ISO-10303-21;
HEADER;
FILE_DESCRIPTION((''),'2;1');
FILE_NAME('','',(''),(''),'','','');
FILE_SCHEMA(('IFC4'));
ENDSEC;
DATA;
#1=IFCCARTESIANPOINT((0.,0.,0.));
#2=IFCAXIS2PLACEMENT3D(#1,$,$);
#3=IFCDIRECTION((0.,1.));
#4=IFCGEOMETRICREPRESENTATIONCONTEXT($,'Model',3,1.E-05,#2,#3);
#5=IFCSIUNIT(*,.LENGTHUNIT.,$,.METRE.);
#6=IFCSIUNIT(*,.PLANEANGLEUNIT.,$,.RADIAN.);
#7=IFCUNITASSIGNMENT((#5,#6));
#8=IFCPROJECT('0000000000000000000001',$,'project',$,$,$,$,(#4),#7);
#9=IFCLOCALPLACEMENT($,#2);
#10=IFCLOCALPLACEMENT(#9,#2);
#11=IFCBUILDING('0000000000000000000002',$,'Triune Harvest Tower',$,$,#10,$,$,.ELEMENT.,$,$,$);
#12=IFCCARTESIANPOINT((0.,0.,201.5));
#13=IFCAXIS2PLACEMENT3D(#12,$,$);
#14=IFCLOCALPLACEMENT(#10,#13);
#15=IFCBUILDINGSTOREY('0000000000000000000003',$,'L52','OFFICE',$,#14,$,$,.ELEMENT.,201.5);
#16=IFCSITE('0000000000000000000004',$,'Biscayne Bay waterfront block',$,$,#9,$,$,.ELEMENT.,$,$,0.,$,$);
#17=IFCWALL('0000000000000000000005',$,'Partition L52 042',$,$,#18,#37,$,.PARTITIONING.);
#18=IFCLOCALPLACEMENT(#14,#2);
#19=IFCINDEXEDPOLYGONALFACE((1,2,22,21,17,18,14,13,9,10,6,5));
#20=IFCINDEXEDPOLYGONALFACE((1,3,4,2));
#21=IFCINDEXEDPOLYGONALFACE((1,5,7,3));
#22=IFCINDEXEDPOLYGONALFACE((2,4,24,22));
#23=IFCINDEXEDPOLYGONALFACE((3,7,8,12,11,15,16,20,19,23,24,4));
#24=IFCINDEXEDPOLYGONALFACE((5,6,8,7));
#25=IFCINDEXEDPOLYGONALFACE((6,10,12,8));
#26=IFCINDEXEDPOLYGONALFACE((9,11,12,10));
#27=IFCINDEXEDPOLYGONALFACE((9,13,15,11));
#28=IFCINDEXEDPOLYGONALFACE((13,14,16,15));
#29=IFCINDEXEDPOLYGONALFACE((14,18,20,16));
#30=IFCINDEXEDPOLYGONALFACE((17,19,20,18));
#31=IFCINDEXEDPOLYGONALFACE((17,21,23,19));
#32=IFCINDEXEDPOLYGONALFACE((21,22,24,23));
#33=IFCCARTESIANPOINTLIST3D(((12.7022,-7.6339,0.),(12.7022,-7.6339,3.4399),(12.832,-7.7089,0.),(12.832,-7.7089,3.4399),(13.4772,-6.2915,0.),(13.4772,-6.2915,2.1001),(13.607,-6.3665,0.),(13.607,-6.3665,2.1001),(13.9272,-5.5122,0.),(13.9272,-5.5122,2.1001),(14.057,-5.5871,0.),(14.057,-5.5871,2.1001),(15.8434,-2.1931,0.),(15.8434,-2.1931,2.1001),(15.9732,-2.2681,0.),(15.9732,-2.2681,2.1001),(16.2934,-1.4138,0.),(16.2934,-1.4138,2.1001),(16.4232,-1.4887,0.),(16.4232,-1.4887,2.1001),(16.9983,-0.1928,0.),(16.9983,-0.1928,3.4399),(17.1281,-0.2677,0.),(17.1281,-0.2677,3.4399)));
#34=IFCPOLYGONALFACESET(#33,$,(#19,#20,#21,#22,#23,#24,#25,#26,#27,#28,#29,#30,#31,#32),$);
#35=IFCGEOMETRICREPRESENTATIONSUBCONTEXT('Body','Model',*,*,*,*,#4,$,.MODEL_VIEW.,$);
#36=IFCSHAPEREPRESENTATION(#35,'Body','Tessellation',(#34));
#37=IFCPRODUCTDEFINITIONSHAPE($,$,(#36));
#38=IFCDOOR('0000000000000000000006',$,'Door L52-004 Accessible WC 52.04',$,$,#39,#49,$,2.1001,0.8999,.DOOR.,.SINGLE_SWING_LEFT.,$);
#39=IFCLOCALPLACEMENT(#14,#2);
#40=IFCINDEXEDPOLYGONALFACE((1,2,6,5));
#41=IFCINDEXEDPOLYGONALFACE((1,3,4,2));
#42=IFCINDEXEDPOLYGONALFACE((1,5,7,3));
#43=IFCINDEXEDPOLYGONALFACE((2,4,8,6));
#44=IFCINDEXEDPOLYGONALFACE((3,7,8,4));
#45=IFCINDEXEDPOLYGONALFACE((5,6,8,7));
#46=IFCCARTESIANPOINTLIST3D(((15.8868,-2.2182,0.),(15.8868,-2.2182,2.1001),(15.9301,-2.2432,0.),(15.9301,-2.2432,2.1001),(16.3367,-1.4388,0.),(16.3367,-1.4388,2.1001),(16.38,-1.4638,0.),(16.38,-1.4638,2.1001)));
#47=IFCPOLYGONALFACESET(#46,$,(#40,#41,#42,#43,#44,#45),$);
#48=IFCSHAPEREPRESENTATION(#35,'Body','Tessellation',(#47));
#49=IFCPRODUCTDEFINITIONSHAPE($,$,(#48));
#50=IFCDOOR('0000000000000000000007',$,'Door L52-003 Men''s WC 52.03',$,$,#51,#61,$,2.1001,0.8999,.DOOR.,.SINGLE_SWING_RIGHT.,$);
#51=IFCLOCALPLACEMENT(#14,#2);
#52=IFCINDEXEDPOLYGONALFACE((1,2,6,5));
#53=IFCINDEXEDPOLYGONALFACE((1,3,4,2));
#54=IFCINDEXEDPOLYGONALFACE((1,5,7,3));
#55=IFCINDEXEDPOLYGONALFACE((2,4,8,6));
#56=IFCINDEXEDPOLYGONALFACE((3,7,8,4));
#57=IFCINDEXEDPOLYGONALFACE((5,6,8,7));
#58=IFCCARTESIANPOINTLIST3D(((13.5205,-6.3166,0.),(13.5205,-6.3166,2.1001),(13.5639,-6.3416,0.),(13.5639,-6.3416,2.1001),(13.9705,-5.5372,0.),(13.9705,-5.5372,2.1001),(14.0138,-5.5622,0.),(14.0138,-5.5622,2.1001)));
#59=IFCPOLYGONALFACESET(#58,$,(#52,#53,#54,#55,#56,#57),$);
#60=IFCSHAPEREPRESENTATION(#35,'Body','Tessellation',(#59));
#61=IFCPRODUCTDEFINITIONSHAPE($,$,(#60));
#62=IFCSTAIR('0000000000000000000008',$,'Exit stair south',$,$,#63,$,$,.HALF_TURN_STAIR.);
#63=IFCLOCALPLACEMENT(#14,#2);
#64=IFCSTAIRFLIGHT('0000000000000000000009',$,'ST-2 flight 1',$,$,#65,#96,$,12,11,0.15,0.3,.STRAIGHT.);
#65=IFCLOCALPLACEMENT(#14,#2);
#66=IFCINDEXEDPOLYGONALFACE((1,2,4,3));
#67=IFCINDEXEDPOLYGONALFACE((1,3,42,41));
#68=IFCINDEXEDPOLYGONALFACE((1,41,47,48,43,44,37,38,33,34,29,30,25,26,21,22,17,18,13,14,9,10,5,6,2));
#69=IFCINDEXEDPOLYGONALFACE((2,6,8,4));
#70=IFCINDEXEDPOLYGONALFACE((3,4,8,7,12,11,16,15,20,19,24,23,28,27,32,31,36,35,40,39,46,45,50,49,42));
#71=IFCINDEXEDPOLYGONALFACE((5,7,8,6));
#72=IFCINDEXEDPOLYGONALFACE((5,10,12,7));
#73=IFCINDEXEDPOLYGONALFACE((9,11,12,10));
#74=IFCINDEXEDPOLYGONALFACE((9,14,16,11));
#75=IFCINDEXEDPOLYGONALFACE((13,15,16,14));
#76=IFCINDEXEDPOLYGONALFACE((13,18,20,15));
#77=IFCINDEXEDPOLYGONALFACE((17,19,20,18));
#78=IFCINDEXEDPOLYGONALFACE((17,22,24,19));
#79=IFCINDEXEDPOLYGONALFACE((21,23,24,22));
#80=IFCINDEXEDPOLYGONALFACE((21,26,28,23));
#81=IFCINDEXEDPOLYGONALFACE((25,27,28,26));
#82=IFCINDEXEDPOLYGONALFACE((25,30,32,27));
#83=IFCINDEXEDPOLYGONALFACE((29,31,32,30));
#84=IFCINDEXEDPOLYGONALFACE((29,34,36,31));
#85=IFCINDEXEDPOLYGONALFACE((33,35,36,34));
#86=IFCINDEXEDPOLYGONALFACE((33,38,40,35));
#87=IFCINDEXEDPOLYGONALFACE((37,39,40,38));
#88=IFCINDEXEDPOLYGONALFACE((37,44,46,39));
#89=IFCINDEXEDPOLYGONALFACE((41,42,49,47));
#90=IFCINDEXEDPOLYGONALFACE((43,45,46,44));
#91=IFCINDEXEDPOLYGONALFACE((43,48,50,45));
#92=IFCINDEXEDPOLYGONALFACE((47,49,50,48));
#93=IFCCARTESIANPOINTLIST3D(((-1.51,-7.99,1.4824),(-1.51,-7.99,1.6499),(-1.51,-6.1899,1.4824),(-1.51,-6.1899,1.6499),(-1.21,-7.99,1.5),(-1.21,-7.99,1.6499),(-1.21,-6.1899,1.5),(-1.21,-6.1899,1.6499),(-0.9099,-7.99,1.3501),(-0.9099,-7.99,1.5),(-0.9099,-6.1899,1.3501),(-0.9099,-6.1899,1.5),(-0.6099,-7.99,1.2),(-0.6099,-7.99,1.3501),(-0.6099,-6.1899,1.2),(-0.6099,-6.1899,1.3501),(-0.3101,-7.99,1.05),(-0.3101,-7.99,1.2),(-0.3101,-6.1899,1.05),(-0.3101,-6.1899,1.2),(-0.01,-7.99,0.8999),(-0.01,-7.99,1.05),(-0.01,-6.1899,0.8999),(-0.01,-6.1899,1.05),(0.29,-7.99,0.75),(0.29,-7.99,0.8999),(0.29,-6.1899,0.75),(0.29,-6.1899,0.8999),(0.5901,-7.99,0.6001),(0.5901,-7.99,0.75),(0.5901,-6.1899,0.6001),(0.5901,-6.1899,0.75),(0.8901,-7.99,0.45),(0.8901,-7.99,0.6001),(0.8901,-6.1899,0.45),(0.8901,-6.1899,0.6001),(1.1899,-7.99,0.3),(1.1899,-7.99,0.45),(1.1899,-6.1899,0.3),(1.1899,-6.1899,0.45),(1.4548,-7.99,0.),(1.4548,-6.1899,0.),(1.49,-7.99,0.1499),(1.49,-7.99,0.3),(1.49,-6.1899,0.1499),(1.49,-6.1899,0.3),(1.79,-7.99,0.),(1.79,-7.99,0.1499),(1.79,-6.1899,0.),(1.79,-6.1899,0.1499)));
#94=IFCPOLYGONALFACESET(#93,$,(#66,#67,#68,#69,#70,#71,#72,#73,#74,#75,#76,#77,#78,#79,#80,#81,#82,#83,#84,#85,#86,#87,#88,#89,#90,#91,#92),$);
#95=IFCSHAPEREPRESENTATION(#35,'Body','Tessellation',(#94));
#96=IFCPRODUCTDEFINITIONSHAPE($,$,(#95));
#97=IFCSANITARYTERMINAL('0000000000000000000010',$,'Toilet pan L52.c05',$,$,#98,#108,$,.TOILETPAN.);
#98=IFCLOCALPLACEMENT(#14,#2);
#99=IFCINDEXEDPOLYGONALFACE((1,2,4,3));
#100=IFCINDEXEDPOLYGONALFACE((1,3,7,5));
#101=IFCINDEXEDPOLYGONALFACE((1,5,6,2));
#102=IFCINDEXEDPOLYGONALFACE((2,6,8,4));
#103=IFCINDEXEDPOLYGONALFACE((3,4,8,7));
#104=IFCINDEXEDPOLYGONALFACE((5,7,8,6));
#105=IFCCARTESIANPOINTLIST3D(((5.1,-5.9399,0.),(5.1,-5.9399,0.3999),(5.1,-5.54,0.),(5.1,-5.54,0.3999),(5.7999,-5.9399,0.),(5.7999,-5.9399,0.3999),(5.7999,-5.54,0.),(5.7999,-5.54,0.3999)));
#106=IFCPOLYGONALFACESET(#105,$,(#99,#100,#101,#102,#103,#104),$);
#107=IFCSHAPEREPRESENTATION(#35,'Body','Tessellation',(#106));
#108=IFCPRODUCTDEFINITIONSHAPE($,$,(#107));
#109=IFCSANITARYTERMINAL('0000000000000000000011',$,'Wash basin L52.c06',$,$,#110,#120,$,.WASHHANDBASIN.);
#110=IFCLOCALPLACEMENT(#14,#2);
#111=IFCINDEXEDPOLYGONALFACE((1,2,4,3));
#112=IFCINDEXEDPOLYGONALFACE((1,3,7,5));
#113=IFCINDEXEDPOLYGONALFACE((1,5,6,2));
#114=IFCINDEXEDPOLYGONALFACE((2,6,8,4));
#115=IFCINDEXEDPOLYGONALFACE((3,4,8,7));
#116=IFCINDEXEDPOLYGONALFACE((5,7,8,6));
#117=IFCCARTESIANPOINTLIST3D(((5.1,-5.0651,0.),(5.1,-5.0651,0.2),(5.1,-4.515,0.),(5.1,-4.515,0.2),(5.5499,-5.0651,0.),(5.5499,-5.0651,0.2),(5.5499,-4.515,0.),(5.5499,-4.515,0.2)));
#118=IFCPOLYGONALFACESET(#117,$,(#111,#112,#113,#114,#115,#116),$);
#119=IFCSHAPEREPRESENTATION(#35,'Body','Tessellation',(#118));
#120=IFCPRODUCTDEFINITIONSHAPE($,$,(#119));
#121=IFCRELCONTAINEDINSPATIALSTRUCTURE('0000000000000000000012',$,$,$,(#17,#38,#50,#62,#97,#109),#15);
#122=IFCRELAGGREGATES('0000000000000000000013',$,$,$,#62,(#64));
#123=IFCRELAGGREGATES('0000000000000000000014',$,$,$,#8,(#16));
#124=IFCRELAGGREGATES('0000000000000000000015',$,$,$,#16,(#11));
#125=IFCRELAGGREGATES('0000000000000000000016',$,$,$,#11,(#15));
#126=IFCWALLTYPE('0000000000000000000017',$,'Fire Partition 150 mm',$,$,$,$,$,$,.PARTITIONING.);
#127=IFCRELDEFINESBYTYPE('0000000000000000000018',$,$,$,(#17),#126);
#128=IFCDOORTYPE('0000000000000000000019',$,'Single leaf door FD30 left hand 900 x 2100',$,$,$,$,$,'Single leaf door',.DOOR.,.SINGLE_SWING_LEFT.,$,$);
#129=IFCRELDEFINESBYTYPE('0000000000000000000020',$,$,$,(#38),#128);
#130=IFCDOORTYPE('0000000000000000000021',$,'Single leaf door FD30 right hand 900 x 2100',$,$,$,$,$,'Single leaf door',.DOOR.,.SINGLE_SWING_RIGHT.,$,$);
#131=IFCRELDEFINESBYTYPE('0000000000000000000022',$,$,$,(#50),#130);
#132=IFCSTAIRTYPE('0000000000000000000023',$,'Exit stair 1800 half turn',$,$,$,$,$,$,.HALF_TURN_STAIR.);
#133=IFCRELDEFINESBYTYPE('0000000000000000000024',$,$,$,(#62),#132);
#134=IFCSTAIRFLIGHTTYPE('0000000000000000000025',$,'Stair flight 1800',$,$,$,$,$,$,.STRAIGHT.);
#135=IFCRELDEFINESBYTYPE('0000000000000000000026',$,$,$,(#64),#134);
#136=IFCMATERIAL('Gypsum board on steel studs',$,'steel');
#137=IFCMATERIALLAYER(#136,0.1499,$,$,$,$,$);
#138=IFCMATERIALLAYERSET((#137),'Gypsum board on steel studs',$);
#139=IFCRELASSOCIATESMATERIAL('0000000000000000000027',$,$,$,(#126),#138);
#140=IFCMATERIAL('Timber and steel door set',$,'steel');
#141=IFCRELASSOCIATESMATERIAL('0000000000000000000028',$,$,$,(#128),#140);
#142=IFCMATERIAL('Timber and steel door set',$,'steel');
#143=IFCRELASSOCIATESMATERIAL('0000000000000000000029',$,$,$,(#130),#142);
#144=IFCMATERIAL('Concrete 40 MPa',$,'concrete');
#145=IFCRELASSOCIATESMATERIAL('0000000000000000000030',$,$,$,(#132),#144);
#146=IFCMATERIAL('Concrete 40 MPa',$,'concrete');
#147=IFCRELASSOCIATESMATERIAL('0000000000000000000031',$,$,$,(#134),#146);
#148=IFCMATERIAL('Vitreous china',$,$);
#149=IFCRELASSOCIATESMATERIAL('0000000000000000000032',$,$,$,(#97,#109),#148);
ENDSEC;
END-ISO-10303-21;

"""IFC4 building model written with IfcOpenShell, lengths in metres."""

from ifc_helpers import new_model, si_unit, direction, frame, frame_2d, origin, origin_2d, place, context, subcontext, project, spatial, polyline, rectangle, outline, extrude, source, transform, mapped, material, layer, layer_set, type_object, element, fill, aggregate, save


model = new_model("IFC4")

# Units and contexts
model_context = context("Model", 3, precision=1e-05, world=origin(), true_north=direction((0.0, 1.0)))
body_context = subcontext(model_context, "Body", "Model", "MODEL_VIEW")
ifc_project = project(units=[si_unit("LENGTHUNIT", "METRE"), si_unit("PLANEANGLEUNIT", "RADIAN")], contexts=[model_context])

# Site, building, storey
site_placement = place(None, origin())
site = spatial("IfcSite", under=ifc_project, at=site_placement, Name="Biscayne Bay waterfront block", CompositionType="ELEMENT", RefElevation=0.0)
building_placement = place(site_placement, origin())
building = spatial("IfcBuilding", under=site, at=building_placement, Name="Triune Harvest Tower", CompositionType="ELEMENT")
storey_placement = place(building_placement, frame((0.0, 0.0, 201.5)))
storey = spatial("IfcBuildingStorey", under=building, at=storey_placement, Name="L52", Description="OFFICE", CompositionType="ELEMENT", Elevation=201.5)

# Shared definitions
ifc_material_1 = material(Name="Gypsum board on steel studs", Category="steel")
ifc_layer_1 = layer(ifc_material_1, 0.1499)
ifc_layer_set_1 = layer_set([ifc_layer_1], Name="Gypsum board on steel studs")
wall_type_1 = type_object("IfcWallType", Name="Fire Partition 150 mm", PredefinedType="PARTITIONING", material=ifc_layer_set_1)

# Wall, openings, doors
shared_shape_1 = source(origin(), body_context, "Body", "SweptSolid", [
    extrude(rectangle(XDim=8.5923, YDim=0.1499, at=frame_2d((4.2961, 0.0))), origin(), (0.0, 0.0, 1.0), 3.4399),
])
wall_1_placement = place(storey_placement, frame((12.7671, -7.6714, 0.0), z_axis=(0.0, 0.0, 1.0), x_axis=(0.499999, 0.866026, 0.0)))
wall_1 = element("IfcWall", 1, at=wall_1_placement, inside=storey, type_object=wall_type_1, Name="Partition L52 042", PredefinedType="PARTITIONING", context=body_context, shape_type="MappedRepresentation", body=[
    mapped(shared_shape_1, transform((0.0, 0.0, 0.0), scale=1.0)),
])
opening_1_placement = place(wall_1_placement, frame((1.55, 0.0, 0.0)))
opening_1 = element("IfcOpeningElement", 2, at=opening_1_placement, cuts=wall_1, PredefinedType="OPENING", context=body_context, shape_type="SweptSolid", body=[
    extrude(rectangle(XDim=0.8999, YDim=2.1001, at=frame_2d((0.45, 1.05))), frame((0.0, 0.085, 0.0), z_axis=(0.0, -1.0, 0.0), x_axis=(1.0, 0.0, 0.0)), (0.0, 0.0, 1.0), 0.1699),
])
opening_2_placement = place(wall_1_placement, frame((6.2825, 0.0, 0.0)))
opening_2 = element("IfcOpeningElement", 3, at=opening_2_placement, cuts=wall_1, PredefinedType="OPENING", context=body_context, shape_type="SweptSolid", body=[
    extrude(rectangle(XDim=0.8999, YDim=2.1001, at=frame_2d((0.45, 1.05))), frame((0.0, 0.085, 0.0), z_axis=(0.0, -1.0, 0.0), x_axis=(1.0, 0.0, 0.0)), (0.0, 0.0, 1.0), 0.1699),
])
ifc_material_2 = material(Name="Timber and steel door set", Category="steel")
door_type_1 = type_object("IfcDoorType", Name="Single leaf door FD30 left hand 900 x 2100", ElementType="Single leaf door", OperationType="SINGLE_SWING_LEFT", PredefinedType="DOOR", material=ifc_material_2)
door_1_placement = place(opening_2_placement, origin())
door_1 = element("IfcDoor", 4, at=door_1_placement, inside=storey, type_object=door_type_1, Name="Door L52-004 Accessible WC 52.04", OperationType="SINGLE_SWING_LEFT", OverallHeight=2.1001, OverallWidth=0.8999, PredefinedType="DOOR", context=body_context, shape_type="SweptSolid", body=[
    extrude(rectangle(XDim=0.8999, YDim=2.1001, at=frame_2d((0.45, 1.05))), frame((0.0, 0.0249, 0.0), z_axis=(0.0, -1.0, 0.0), x_axis=(1.0, 0.0, 0.0)), (0.0, 0.0, 1.0), 0.05),
])
fill(opening_2, door_1)
ifc_material_3 = material(Name="Timber and steel door set", Category="steel")
door_type_2 = type_object("IfcDoorType", Name="Single leaf door FD30 right hand 900 x 2100", ElementType="Single leaf door", OperationType="SINGLE_SWING_RIGHT", PredefinedType="DOOR", material=ifc_material_3)
door_2_placement = place(opening_1_placement, origin())
door_2 = element("IfcDoor", 5, at=door_2_placement, inside=storey, type_object=door_type_2, Name="Door L52-003 Men's WC 52.03", OperationType="SINGLE_SWING_RIGHT", OverallHeight=2.1001, OverallWidth=0.8999, PredefinedType="DOOR", context=body_context, shape_type="SweptSolid", body=[
    extrude(rectangle(XDim=0.8999, YDim=2.1001, at=frame_2d((0.45, 1.05))), frame((0.0, 0.0249, 0.0), z_axis=(0.0, -1.0, 0.0), x_axis=(1.0, 0.0, 0.0)), (0.0, 0.0, 1.0), 0.05),
])
fill(opening_1, door_2)

# Stair, stair flight
ifc_material_4 = material(Name="Concrete 40 MPa", Category="concrete")
stair_type = type_object("IfcStairType", Name="Exit stair 1800 half turn", PredefinedType="HALF_TURN_STAIR", material=ifc_material_4)
stair_placement = place(storey_placement, origin())
stair = element("IfcStair", 6, at=stair_placement, inside=storey, type_object=stair_type, Name="Exit stair south", PredefinedType="HALF_TURN_STAIR")
ifc_material_5 = material(Name="Concrete 40 MPa", Category="concrete")
stair_flight_type = type_object("IfcStairFlightType", Name="Stair flight 1800", PredefinedType="STRAIGHT", material=ifc_material_5)
shared_shape_2 = source(origin(), body_context, "Body", "SweptSolid", [
    extrude(outline(polyline([(0.0, 0.0), (0.0, 0.1499), (0.3, 0.1499), (0.3, 0.3), (0.6001, 0.3), (0.6001, 0.45), (0.8999, 0.45), (0.8999, 0.6001), (1.2, 0.6001), (1.2, 0.75), (1.5, 0.75), (1.5, 0.8999), (1.8, 0.8999), (1.8, 1.05), (2.1001, 1.05), (2.1001, 1.2), (2.3999, 1.2), (2.3999, 1.3501), (2.7, 1.3501), (2.7, 1.5), (3.0, 1.5), (3.0, 1.6499), (3.3, 1.6499), (3.3, 1.8), (3.3, 1.4824), (0.3352, 0.0), (0.0, 0.0)])), frame((0.0, 0.8999, 0.0), z_axis=(0.0, -1.0, 0.0), x_axis=(1.0, 0.0, 0.0)), (0.0, 0.0, 1.0), 1.8),
])
stair_flight_placement = place(storey_placement, frame((1.79, -7.0901, 0.0), z_axis=(0.0, 0.0, 1.0), x_axis=(-1.0, 0.0, 0.0)))
stair_flight = element("IfcStairFlight", 7, at=stair_flight_placement, type_object=stair_flight_type, Name="ST-2 flight 1", NumberOfRisers=12, NumberOfTreads=11, PredefinedType="STRAIGHT", RiserHeight=0.15, TreadLength=0.3, context=body_context, shape_type="MappedRepresentation", body=[
    mapped(shared_shape_2, transform((0.0, 0.0, 0.0), scale=1.0)),
])
aggregate(stair, [stair_flight])

# Sanitary terminals
ifc_material_6 = material(Name="Vitreous china")
shared_shape_3 = source(origin(), body_context, "Body", "SweptSolid", [
    extrude(rectangle(XDim=0.3999, YDim=0.7, at=origin_2d()), origin(), (0.0, 0.0, 1.0), 0.3999),
])
sanitary_terminal_1_placement = place(storey_placement, frame((5.45, -5.74, 0.0), z_axis=(0.0, 0.0, 1.0), x_axis=(0.0, 1.0, 0.0)))
element("IfcSanitaryTerminal", 8, at=sanitary_terminal_1_placement, inside=storey, material=ifc_material_6, Name="Toilet pan L52.c05", PredefinedType="TOILETPAN", context=body_context, shape_type="MappedRepresentation", body=[
    mapped(shared_shape_3, transform((0.0, 0.0, 0.0), scale=1.0)),
])
shared_shape_4 = source(origin(), body_context, "Body", "SweptSolid", [
    extrude(rectangle(XDim=0.55, YDim=0.45, at=origin_2d()), origin(), (0.0, 0.0, 1.0), 0.2),
])
sanitary_terminal_2_placement = place(storey_placement, frame((5.325, -4.79, 0.0), z_axis=(0.0, 0.0, 1.0), x_axis=(0.0, 1.0, 0.0)))
element("IfcSanitaryTerminal", 9, at=sanitary_terminal_2_placement, inside=storey, material=ifc_material_6, Name="Wash basin L52.c06", PredefinedType="WASHHANDBASIN", context=body_context, shape_type="MappedRepresentation", body=[
    mapped(shared_shape_4, transform((0.0, 0.0, 0.0), scale=1.0)),
])

save(model, "model.ifc")
